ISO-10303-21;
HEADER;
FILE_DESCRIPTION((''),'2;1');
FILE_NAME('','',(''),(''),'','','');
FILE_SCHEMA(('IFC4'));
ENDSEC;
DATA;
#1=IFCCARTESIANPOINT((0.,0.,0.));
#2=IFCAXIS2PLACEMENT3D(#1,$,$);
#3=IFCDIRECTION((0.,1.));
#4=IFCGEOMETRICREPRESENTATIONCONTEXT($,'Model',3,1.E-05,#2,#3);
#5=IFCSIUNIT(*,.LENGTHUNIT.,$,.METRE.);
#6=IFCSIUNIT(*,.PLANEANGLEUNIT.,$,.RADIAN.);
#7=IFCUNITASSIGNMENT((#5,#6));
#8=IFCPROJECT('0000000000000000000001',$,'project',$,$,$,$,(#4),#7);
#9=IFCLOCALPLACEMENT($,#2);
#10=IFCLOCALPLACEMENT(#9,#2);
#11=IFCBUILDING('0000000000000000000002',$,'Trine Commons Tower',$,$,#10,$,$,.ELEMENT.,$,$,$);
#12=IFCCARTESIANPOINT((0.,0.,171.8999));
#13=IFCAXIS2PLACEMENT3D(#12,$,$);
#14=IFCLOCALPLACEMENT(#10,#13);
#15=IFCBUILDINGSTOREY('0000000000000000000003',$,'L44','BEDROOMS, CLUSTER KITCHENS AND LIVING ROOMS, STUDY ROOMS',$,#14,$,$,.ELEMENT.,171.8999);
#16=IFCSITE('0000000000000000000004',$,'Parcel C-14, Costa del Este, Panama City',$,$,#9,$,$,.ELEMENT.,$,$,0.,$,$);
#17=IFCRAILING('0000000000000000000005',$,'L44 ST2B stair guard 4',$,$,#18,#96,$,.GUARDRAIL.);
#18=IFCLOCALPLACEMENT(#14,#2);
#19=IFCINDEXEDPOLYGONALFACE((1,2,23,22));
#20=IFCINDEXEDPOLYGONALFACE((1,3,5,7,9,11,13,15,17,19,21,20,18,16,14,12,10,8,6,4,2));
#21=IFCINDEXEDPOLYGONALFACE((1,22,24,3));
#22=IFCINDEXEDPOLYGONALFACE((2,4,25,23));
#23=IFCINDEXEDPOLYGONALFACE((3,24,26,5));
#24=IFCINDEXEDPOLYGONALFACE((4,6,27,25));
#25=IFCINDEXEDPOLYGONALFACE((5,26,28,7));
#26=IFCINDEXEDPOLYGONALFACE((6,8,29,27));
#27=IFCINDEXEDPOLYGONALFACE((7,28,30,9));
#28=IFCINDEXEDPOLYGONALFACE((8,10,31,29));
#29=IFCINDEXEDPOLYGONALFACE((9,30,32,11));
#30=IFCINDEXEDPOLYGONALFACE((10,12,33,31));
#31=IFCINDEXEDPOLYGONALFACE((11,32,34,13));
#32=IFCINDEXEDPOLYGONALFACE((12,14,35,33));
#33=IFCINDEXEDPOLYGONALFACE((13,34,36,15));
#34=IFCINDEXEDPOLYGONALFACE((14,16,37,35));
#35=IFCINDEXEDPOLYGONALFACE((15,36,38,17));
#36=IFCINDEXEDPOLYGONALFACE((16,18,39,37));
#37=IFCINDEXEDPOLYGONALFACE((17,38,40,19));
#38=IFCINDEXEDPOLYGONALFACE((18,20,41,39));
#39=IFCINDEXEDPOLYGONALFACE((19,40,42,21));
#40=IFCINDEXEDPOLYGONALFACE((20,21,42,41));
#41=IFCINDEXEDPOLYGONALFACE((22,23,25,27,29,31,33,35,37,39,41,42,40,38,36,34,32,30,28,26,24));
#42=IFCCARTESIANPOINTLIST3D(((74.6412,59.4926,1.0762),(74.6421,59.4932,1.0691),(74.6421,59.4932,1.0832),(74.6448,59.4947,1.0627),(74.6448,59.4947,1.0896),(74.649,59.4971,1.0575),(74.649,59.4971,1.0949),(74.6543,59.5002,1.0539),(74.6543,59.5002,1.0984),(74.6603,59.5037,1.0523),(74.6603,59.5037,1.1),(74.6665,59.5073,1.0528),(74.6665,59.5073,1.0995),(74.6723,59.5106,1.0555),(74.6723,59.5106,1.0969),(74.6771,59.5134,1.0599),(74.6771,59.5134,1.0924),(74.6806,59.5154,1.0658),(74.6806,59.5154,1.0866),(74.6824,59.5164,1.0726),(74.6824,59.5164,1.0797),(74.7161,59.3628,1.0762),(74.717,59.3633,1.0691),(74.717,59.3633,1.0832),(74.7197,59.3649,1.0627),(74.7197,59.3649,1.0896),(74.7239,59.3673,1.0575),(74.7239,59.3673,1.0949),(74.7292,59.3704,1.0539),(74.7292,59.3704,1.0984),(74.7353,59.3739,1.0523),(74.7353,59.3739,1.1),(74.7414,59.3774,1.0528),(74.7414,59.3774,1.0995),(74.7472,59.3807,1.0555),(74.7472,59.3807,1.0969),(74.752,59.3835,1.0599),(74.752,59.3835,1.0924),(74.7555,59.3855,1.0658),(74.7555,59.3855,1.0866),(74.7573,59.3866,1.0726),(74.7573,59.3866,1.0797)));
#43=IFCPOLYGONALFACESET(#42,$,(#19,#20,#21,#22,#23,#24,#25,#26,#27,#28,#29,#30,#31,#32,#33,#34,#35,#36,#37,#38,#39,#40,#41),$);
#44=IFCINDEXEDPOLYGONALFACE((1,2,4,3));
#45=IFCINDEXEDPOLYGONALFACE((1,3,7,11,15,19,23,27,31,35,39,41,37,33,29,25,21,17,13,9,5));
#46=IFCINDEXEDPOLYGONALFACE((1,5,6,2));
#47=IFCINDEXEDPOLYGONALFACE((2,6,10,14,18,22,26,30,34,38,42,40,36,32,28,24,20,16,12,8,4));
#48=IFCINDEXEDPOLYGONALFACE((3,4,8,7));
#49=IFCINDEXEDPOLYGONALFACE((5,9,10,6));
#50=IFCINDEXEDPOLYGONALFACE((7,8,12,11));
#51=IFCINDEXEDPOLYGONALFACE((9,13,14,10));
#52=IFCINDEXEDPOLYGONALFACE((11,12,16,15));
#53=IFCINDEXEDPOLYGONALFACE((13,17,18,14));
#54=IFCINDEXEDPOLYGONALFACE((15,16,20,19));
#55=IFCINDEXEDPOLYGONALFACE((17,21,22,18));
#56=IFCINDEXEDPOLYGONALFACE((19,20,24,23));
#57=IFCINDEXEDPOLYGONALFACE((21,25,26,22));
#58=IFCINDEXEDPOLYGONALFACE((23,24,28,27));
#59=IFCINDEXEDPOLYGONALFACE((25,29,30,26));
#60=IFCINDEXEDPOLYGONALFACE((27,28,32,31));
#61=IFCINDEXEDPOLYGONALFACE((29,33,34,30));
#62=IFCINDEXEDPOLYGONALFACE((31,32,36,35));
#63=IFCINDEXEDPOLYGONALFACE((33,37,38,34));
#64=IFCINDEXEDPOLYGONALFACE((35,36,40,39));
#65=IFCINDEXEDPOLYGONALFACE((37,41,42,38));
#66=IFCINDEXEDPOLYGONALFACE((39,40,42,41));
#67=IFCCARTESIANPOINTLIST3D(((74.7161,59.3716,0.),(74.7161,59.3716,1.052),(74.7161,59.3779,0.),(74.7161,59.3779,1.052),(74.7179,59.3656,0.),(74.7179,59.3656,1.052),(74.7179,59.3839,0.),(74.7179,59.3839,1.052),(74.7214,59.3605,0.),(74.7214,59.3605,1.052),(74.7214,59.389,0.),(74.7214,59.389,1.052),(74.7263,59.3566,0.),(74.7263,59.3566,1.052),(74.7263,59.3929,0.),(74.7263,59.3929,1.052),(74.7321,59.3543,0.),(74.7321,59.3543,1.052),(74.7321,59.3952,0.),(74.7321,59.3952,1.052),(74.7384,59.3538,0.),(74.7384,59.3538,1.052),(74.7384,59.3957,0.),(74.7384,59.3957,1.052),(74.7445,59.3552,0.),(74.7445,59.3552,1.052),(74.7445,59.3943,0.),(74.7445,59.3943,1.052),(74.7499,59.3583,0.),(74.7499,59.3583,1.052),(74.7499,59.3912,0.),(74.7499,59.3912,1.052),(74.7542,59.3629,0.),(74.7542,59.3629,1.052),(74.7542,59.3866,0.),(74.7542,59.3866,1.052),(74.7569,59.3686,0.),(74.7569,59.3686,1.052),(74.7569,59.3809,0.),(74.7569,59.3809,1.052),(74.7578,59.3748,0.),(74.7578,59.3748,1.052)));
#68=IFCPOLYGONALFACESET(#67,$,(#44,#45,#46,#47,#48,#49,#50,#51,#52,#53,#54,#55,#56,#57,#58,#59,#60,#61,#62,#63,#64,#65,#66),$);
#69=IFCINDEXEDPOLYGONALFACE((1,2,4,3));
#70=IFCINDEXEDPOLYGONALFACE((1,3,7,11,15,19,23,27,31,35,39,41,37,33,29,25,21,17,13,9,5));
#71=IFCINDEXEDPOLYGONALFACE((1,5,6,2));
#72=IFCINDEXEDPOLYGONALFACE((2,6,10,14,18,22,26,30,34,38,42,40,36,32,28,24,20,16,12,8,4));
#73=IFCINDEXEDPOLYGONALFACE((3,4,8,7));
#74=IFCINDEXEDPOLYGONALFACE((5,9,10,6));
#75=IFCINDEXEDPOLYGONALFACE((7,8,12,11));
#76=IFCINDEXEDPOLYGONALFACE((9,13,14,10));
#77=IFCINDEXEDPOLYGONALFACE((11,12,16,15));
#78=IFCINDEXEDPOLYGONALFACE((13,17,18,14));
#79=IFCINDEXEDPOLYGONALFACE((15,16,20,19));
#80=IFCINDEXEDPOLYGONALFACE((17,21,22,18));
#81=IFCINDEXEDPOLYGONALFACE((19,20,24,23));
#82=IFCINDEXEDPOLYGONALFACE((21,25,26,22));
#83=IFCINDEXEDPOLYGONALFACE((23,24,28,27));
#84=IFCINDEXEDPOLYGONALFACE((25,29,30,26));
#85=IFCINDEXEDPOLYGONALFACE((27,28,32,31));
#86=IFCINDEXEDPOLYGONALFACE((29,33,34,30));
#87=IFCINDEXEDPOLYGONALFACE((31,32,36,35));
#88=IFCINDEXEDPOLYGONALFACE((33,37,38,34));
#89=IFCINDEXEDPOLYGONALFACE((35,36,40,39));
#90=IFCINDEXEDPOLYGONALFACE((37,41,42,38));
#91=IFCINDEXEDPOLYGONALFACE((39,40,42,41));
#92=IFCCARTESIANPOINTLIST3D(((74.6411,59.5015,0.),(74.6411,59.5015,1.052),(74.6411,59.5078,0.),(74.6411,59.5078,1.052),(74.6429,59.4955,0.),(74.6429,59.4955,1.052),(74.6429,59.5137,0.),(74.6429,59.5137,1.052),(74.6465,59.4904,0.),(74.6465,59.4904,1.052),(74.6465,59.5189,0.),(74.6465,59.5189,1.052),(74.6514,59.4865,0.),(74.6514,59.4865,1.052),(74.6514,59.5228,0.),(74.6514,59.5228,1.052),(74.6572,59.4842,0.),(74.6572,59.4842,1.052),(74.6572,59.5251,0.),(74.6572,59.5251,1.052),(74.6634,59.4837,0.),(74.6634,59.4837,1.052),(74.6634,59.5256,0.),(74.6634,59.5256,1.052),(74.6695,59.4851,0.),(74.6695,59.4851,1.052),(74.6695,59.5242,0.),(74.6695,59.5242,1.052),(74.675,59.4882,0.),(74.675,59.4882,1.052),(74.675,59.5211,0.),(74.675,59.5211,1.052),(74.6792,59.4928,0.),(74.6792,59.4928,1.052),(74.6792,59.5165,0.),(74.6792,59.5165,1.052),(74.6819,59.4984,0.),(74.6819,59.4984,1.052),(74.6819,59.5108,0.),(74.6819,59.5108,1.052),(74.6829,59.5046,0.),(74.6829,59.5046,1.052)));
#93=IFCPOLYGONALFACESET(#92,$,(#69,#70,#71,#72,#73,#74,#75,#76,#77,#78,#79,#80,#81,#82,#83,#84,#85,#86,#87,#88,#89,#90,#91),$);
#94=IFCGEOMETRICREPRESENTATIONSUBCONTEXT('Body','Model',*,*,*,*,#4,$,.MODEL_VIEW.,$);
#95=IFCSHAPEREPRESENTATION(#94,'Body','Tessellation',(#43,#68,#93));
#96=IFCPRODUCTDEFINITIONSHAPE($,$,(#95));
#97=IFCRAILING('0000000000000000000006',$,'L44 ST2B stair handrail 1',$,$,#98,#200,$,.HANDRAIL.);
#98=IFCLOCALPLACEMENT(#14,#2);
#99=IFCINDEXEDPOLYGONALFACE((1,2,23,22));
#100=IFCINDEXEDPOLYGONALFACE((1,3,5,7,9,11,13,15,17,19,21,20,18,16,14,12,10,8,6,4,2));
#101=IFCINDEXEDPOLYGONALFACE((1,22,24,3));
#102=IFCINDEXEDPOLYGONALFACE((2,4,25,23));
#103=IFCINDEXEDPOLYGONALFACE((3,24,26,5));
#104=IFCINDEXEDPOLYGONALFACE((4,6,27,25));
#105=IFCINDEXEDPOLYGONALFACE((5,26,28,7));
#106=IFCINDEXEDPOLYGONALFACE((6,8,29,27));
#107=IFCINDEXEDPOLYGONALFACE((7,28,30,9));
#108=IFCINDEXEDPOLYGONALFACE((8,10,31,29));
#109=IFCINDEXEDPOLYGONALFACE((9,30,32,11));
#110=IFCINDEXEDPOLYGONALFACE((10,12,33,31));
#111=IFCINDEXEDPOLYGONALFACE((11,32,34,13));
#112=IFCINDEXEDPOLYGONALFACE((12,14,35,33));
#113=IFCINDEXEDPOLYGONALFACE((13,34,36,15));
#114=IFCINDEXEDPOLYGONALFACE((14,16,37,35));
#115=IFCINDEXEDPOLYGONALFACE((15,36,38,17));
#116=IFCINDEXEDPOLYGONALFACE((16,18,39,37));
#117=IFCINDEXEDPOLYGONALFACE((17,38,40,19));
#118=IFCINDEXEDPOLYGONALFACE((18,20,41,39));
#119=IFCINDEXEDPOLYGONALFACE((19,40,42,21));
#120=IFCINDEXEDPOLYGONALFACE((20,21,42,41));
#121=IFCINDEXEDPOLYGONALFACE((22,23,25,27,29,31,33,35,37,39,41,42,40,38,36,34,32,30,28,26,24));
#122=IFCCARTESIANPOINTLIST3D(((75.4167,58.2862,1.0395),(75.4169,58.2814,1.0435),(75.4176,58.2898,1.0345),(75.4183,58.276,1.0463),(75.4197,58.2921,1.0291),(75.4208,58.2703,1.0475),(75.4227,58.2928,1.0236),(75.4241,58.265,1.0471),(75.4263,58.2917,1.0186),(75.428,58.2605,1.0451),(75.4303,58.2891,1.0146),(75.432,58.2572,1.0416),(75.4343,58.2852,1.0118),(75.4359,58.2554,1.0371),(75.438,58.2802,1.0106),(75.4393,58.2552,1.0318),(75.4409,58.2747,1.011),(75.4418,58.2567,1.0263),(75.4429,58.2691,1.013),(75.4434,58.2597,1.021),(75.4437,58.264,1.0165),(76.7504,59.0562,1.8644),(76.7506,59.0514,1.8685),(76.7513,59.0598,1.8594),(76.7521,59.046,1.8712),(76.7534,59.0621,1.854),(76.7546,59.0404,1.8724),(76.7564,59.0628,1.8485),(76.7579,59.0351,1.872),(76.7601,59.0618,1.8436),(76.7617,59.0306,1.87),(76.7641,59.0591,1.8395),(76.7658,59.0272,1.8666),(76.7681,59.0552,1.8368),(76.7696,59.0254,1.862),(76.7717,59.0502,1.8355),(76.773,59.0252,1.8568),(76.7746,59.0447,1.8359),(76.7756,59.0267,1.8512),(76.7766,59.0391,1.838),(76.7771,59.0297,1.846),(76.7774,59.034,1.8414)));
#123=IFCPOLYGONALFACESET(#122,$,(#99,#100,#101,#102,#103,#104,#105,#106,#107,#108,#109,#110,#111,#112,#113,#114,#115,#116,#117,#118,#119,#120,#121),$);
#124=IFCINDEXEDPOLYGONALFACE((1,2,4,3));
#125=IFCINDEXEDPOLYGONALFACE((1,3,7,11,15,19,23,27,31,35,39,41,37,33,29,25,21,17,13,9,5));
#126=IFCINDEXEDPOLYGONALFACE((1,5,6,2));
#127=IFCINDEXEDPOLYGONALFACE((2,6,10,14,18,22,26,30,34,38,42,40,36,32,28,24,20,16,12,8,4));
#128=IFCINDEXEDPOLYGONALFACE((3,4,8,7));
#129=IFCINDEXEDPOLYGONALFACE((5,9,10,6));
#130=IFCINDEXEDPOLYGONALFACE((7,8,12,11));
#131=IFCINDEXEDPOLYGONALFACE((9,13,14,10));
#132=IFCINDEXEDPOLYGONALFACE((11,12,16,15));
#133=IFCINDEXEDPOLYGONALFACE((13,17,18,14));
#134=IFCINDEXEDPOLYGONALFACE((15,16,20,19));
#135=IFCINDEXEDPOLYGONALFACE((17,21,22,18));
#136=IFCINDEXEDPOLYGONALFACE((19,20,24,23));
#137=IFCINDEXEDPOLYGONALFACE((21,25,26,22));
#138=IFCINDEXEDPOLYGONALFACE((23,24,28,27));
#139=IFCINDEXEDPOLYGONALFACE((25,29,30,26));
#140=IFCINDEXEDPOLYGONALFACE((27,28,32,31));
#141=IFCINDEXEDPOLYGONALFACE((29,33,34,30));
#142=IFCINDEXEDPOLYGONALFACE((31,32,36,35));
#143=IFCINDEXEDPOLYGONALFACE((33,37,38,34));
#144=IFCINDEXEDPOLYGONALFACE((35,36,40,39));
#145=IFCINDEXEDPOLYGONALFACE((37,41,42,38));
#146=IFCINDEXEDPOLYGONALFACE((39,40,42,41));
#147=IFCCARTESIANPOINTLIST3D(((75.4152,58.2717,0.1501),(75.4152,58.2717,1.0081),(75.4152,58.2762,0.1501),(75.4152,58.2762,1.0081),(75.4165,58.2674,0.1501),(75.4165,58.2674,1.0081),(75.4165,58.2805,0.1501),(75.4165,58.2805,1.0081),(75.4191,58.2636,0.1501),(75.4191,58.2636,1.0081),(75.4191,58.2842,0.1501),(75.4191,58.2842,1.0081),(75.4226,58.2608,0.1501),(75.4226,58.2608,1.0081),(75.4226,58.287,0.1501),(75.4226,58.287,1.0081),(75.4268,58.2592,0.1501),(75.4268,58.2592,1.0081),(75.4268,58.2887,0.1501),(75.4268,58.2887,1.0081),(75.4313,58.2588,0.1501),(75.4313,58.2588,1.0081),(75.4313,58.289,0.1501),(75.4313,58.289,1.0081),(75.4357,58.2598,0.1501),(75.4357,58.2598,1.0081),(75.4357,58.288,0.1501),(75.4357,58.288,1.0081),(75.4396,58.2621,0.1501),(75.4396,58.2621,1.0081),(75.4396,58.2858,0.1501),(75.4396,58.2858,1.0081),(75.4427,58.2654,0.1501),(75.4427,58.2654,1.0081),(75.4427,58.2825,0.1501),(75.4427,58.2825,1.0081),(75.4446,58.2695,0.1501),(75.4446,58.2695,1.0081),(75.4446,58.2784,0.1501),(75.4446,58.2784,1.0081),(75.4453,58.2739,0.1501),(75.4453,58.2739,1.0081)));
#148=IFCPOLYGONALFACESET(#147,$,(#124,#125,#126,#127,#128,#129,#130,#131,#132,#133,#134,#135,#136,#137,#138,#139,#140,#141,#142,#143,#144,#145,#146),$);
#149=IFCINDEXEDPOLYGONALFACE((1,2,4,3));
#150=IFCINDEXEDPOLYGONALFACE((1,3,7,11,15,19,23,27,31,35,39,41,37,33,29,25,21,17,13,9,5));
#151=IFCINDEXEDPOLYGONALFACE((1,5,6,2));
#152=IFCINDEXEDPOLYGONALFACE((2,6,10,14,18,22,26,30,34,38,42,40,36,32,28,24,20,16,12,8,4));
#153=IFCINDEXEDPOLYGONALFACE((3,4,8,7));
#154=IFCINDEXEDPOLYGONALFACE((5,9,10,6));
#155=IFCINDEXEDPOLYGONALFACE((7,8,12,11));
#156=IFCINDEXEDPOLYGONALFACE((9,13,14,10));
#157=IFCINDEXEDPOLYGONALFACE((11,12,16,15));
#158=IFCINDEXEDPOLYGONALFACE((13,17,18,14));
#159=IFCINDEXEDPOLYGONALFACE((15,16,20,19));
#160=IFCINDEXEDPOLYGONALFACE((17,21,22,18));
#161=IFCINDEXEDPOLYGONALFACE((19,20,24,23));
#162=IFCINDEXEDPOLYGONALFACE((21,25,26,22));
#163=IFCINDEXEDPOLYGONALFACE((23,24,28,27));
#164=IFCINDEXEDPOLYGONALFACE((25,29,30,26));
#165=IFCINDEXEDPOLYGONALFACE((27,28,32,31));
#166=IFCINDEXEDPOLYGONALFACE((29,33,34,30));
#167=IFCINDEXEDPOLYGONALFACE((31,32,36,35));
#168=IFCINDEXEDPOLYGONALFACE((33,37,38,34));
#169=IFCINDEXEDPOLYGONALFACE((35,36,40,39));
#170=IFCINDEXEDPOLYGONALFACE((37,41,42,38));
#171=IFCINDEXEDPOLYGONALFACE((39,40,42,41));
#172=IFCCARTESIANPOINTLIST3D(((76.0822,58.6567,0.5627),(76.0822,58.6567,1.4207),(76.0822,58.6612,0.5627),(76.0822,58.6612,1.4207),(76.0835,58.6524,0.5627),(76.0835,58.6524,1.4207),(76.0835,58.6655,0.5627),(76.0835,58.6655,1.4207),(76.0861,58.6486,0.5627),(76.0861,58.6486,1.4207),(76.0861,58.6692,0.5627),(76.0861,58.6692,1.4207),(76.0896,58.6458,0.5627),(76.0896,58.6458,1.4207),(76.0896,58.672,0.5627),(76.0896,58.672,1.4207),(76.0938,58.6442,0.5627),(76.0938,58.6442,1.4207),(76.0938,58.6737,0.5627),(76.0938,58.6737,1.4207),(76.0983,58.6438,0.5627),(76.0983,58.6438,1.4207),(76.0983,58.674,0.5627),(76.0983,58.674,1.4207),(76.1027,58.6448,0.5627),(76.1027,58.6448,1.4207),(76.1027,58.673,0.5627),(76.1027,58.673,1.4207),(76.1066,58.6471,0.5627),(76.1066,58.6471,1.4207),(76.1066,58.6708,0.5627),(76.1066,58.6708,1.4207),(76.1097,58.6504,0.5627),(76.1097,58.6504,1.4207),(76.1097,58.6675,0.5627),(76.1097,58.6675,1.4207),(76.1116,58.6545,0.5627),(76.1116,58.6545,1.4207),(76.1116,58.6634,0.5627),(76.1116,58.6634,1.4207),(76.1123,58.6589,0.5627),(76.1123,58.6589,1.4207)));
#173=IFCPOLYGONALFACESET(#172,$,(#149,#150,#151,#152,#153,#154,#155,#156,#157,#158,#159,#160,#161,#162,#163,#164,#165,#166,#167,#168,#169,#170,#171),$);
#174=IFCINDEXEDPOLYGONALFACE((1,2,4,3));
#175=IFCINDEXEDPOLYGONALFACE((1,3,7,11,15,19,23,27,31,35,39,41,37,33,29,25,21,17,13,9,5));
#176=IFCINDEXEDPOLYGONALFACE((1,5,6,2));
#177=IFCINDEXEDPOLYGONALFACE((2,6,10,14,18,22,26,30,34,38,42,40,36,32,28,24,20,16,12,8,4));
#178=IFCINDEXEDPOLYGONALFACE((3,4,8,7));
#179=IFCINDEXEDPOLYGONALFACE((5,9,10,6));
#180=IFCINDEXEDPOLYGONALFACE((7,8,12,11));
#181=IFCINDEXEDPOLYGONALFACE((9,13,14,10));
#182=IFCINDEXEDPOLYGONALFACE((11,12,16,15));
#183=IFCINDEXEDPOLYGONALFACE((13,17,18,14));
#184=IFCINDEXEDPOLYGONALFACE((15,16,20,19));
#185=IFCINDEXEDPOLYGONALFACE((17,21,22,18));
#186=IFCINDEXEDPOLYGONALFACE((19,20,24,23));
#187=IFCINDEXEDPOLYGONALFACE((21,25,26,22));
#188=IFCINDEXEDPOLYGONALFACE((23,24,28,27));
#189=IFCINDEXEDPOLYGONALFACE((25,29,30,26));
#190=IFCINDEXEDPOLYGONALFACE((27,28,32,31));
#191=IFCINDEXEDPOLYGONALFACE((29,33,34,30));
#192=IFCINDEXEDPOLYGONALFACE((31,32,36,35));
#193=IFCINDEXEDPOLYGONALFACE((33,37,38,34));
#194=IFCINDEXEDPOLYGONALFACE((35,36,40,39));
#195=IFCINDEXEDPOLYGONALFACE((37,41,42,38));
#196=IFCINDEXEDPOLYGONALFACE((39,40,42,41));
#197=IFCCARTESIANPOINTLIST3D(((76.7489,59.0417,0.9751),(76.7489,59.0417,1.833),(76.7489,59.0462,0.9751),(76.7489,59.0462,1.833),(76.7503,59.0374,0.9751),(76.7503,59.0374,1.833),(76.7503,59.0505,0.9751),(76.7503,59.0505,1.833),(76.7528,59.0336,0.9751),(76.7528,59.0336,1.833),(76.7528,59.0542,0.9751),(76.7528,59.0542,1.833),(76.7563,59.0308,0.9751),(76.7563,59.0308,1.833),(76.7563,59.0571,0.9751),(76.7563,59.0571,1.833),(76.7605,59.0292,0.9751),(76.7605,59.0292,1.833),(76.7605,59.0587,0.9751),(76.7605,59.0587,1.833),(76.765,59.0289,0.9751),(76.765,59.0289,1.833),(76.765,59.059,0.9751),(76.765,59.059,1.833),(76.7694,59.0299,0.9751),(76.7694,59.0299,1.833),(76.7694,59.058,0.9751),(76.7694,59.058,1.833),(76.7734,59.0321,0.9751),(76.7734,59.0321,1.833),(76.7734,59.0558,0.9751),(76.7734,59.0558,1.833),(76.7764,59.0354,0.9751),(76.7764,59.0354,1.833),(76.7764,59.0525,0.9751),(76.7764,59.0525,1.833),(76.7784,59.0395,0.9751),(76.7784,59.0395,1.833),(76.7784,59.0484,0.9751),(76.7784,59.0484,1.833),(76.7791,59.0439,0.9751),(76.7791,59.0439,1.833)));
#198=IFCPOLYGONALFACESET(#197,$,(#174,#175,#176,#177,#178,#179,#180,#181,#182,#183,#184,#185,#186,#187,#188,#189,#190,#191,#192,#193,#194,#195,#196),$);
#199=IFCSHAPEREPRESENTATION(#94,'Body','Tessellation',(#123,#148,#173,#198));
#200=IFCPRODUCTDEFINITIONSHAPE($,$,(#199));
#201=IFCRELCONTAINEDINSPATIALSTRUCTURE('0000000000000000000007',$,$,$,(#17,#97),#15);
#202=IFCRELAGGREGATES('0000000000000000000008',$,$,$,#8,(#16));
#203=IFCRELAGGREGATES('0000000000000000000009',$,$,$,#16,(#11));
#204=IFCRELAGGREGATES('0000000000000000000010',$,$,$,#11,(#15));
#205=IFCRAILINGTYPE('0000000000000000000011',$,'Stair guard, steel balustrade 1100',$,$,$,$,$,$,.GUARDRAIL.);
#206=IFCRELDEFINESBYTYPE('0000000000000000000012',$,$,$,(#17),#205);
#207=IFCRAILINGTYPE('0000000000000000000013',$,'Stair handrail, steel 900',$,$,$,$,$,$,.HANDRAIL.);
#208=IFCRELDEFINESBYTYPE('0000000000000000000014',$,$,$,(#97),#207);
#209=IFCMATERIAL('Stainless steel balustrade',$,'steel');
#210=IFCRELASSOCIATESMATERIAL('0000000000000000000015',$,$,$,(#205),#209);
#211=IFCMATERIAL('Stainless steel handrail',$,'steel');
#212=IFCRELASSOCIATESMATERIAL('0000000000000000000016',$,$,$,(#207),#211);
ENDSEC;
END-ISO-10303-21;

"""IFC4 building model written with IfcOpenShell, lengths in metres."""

from ifc_helpers import new_model, si_unit, direction, frame, origin, origin_2d, place, context, subcontext, project, spatial, circle, extrude, material, type_object, element, save


model = new_model("IFC4")

# Units and contexts
model_context = context("Model", 3, precision=1e-05, world=origin(), true_north=direction((0.0, 1.0)))
body_context = subcontext(model_context, "Body", "Model", "MODEL_VIEW")
ifc_project = project(units=[si_unit("LENGTHUNIT", "METRE"), si_unit("PLANEANGLEUNIT", "RADIAN")], contexts=[model_context])

# Site, building, storey
site_placement = place(None, origin())
site = spatial("IfcSite", under=ifc_project, at=site_placement, Name="Parcel C-14, Costa del Este, Panama City", CompositionType="ELEMENT", RefElevation=0.0)
building_placement = place(site_placement, origin())
building = spatial("IfcBuilding", under=site, at=building_placement, Name="Trine Commons Tower", CompositionType="ELEMENT")
storey_placement = place(building_placement, frame((0.0, 0.0, 171.8999)))
storey = spatial("IfcBuildingStorey", under=building, at=storey_placement, Name="L44", Description="BEDROOMS, CLUSTER KITCHENS AND LIVING ROOMS, STUDY ROOMS", CompositionType="ELEMENT", Elevation=171.8999)

# Railings
ifc_material_1 = material(Name="Stainless steel balustrade", Category="steel")
railing_type_1 = type_object("IfcRailingType", Name="Stair guard, steel balustrade 1100", PredefinedType="GUARDRAIL", material=ifc_material_1)
railing_1_placement = place(storey_placement, frame((74.7368, 59.3748, 0.0)))
element("IfcRailing", 1, at=railing_1_placement, inside=storey, type_object=railing_type_1, Name="L44 ST2B stair guard 4", PredefinedType="GUARDRAIL", context=body_context, shape_type="SweptSolid", body=[
    extrude(circle(Radius=0.0239, at=origin_2d()), frame((0.0, 0.0, 1.0762), z_axis=(-0.499816, 0.866131, 0.0), x_axis=(-0.866131, -0.499816, 0.0)), (0.0, 0.0, 1.0), 0.1499),
    extrude(circle(Radius=0.021, at=origin_2d()), origin(), (0.0, 0.0, 1.0), 1.052),
    extrude(circle(Radius=0.021, at=origin_2d()), frame((-0.075, 0.1299, 0.0)), (0.0, 0.0, 1.0), 1.052),
])
ifc_material_2 = material(Name="Stainless steel handrail", Category="steel")
railing_type_2 = type_object("IfcRailingType", Name="Stair handrail, steel 900", PredefinedType="HANDRAIL", material=ifc_material_2)
for number, where, name in (
    (2, (75.4302, 58.2739, 0.1501), "L44 ST2B stair handrail 1"),
):
    element("IfcRailing", number, at=place(storey_placement, frame(where)), inside=storey, type_object=railing_type_2, Name=name, PredefinedType="HANDRAIL", context=body_context, shape_type="SweptSolid", body=[
        extrude(circle(Radius=0.021, at=origin_2d()), frame((0.0, 0.0, 0.8789), z_axis=(0.763405, 0.440743, 0.472185), x_axis=(-0.499992, 0.86603, 0.0)), (0.0, 0.0, 1.0), 1.7471),
        extrude(circle(Radius=0.0151, at=origin_2d()), origin(), (0.0, 0.0, 1.0), 0.8579),
        extrude(circle(Radius=0.0151, at=origin_2d()), frame((0.667, 0.385, 0.4126)), (0.0, 0.0, 1.0), 0.8579),
        extrude(circle(Radius=0.0151, at=origin_2d()), frame((1.3337, 0.77, 0.825)), (0.0, 0.0, 1.0), 0.8579),
    ])

save(model, "model.ifc")
